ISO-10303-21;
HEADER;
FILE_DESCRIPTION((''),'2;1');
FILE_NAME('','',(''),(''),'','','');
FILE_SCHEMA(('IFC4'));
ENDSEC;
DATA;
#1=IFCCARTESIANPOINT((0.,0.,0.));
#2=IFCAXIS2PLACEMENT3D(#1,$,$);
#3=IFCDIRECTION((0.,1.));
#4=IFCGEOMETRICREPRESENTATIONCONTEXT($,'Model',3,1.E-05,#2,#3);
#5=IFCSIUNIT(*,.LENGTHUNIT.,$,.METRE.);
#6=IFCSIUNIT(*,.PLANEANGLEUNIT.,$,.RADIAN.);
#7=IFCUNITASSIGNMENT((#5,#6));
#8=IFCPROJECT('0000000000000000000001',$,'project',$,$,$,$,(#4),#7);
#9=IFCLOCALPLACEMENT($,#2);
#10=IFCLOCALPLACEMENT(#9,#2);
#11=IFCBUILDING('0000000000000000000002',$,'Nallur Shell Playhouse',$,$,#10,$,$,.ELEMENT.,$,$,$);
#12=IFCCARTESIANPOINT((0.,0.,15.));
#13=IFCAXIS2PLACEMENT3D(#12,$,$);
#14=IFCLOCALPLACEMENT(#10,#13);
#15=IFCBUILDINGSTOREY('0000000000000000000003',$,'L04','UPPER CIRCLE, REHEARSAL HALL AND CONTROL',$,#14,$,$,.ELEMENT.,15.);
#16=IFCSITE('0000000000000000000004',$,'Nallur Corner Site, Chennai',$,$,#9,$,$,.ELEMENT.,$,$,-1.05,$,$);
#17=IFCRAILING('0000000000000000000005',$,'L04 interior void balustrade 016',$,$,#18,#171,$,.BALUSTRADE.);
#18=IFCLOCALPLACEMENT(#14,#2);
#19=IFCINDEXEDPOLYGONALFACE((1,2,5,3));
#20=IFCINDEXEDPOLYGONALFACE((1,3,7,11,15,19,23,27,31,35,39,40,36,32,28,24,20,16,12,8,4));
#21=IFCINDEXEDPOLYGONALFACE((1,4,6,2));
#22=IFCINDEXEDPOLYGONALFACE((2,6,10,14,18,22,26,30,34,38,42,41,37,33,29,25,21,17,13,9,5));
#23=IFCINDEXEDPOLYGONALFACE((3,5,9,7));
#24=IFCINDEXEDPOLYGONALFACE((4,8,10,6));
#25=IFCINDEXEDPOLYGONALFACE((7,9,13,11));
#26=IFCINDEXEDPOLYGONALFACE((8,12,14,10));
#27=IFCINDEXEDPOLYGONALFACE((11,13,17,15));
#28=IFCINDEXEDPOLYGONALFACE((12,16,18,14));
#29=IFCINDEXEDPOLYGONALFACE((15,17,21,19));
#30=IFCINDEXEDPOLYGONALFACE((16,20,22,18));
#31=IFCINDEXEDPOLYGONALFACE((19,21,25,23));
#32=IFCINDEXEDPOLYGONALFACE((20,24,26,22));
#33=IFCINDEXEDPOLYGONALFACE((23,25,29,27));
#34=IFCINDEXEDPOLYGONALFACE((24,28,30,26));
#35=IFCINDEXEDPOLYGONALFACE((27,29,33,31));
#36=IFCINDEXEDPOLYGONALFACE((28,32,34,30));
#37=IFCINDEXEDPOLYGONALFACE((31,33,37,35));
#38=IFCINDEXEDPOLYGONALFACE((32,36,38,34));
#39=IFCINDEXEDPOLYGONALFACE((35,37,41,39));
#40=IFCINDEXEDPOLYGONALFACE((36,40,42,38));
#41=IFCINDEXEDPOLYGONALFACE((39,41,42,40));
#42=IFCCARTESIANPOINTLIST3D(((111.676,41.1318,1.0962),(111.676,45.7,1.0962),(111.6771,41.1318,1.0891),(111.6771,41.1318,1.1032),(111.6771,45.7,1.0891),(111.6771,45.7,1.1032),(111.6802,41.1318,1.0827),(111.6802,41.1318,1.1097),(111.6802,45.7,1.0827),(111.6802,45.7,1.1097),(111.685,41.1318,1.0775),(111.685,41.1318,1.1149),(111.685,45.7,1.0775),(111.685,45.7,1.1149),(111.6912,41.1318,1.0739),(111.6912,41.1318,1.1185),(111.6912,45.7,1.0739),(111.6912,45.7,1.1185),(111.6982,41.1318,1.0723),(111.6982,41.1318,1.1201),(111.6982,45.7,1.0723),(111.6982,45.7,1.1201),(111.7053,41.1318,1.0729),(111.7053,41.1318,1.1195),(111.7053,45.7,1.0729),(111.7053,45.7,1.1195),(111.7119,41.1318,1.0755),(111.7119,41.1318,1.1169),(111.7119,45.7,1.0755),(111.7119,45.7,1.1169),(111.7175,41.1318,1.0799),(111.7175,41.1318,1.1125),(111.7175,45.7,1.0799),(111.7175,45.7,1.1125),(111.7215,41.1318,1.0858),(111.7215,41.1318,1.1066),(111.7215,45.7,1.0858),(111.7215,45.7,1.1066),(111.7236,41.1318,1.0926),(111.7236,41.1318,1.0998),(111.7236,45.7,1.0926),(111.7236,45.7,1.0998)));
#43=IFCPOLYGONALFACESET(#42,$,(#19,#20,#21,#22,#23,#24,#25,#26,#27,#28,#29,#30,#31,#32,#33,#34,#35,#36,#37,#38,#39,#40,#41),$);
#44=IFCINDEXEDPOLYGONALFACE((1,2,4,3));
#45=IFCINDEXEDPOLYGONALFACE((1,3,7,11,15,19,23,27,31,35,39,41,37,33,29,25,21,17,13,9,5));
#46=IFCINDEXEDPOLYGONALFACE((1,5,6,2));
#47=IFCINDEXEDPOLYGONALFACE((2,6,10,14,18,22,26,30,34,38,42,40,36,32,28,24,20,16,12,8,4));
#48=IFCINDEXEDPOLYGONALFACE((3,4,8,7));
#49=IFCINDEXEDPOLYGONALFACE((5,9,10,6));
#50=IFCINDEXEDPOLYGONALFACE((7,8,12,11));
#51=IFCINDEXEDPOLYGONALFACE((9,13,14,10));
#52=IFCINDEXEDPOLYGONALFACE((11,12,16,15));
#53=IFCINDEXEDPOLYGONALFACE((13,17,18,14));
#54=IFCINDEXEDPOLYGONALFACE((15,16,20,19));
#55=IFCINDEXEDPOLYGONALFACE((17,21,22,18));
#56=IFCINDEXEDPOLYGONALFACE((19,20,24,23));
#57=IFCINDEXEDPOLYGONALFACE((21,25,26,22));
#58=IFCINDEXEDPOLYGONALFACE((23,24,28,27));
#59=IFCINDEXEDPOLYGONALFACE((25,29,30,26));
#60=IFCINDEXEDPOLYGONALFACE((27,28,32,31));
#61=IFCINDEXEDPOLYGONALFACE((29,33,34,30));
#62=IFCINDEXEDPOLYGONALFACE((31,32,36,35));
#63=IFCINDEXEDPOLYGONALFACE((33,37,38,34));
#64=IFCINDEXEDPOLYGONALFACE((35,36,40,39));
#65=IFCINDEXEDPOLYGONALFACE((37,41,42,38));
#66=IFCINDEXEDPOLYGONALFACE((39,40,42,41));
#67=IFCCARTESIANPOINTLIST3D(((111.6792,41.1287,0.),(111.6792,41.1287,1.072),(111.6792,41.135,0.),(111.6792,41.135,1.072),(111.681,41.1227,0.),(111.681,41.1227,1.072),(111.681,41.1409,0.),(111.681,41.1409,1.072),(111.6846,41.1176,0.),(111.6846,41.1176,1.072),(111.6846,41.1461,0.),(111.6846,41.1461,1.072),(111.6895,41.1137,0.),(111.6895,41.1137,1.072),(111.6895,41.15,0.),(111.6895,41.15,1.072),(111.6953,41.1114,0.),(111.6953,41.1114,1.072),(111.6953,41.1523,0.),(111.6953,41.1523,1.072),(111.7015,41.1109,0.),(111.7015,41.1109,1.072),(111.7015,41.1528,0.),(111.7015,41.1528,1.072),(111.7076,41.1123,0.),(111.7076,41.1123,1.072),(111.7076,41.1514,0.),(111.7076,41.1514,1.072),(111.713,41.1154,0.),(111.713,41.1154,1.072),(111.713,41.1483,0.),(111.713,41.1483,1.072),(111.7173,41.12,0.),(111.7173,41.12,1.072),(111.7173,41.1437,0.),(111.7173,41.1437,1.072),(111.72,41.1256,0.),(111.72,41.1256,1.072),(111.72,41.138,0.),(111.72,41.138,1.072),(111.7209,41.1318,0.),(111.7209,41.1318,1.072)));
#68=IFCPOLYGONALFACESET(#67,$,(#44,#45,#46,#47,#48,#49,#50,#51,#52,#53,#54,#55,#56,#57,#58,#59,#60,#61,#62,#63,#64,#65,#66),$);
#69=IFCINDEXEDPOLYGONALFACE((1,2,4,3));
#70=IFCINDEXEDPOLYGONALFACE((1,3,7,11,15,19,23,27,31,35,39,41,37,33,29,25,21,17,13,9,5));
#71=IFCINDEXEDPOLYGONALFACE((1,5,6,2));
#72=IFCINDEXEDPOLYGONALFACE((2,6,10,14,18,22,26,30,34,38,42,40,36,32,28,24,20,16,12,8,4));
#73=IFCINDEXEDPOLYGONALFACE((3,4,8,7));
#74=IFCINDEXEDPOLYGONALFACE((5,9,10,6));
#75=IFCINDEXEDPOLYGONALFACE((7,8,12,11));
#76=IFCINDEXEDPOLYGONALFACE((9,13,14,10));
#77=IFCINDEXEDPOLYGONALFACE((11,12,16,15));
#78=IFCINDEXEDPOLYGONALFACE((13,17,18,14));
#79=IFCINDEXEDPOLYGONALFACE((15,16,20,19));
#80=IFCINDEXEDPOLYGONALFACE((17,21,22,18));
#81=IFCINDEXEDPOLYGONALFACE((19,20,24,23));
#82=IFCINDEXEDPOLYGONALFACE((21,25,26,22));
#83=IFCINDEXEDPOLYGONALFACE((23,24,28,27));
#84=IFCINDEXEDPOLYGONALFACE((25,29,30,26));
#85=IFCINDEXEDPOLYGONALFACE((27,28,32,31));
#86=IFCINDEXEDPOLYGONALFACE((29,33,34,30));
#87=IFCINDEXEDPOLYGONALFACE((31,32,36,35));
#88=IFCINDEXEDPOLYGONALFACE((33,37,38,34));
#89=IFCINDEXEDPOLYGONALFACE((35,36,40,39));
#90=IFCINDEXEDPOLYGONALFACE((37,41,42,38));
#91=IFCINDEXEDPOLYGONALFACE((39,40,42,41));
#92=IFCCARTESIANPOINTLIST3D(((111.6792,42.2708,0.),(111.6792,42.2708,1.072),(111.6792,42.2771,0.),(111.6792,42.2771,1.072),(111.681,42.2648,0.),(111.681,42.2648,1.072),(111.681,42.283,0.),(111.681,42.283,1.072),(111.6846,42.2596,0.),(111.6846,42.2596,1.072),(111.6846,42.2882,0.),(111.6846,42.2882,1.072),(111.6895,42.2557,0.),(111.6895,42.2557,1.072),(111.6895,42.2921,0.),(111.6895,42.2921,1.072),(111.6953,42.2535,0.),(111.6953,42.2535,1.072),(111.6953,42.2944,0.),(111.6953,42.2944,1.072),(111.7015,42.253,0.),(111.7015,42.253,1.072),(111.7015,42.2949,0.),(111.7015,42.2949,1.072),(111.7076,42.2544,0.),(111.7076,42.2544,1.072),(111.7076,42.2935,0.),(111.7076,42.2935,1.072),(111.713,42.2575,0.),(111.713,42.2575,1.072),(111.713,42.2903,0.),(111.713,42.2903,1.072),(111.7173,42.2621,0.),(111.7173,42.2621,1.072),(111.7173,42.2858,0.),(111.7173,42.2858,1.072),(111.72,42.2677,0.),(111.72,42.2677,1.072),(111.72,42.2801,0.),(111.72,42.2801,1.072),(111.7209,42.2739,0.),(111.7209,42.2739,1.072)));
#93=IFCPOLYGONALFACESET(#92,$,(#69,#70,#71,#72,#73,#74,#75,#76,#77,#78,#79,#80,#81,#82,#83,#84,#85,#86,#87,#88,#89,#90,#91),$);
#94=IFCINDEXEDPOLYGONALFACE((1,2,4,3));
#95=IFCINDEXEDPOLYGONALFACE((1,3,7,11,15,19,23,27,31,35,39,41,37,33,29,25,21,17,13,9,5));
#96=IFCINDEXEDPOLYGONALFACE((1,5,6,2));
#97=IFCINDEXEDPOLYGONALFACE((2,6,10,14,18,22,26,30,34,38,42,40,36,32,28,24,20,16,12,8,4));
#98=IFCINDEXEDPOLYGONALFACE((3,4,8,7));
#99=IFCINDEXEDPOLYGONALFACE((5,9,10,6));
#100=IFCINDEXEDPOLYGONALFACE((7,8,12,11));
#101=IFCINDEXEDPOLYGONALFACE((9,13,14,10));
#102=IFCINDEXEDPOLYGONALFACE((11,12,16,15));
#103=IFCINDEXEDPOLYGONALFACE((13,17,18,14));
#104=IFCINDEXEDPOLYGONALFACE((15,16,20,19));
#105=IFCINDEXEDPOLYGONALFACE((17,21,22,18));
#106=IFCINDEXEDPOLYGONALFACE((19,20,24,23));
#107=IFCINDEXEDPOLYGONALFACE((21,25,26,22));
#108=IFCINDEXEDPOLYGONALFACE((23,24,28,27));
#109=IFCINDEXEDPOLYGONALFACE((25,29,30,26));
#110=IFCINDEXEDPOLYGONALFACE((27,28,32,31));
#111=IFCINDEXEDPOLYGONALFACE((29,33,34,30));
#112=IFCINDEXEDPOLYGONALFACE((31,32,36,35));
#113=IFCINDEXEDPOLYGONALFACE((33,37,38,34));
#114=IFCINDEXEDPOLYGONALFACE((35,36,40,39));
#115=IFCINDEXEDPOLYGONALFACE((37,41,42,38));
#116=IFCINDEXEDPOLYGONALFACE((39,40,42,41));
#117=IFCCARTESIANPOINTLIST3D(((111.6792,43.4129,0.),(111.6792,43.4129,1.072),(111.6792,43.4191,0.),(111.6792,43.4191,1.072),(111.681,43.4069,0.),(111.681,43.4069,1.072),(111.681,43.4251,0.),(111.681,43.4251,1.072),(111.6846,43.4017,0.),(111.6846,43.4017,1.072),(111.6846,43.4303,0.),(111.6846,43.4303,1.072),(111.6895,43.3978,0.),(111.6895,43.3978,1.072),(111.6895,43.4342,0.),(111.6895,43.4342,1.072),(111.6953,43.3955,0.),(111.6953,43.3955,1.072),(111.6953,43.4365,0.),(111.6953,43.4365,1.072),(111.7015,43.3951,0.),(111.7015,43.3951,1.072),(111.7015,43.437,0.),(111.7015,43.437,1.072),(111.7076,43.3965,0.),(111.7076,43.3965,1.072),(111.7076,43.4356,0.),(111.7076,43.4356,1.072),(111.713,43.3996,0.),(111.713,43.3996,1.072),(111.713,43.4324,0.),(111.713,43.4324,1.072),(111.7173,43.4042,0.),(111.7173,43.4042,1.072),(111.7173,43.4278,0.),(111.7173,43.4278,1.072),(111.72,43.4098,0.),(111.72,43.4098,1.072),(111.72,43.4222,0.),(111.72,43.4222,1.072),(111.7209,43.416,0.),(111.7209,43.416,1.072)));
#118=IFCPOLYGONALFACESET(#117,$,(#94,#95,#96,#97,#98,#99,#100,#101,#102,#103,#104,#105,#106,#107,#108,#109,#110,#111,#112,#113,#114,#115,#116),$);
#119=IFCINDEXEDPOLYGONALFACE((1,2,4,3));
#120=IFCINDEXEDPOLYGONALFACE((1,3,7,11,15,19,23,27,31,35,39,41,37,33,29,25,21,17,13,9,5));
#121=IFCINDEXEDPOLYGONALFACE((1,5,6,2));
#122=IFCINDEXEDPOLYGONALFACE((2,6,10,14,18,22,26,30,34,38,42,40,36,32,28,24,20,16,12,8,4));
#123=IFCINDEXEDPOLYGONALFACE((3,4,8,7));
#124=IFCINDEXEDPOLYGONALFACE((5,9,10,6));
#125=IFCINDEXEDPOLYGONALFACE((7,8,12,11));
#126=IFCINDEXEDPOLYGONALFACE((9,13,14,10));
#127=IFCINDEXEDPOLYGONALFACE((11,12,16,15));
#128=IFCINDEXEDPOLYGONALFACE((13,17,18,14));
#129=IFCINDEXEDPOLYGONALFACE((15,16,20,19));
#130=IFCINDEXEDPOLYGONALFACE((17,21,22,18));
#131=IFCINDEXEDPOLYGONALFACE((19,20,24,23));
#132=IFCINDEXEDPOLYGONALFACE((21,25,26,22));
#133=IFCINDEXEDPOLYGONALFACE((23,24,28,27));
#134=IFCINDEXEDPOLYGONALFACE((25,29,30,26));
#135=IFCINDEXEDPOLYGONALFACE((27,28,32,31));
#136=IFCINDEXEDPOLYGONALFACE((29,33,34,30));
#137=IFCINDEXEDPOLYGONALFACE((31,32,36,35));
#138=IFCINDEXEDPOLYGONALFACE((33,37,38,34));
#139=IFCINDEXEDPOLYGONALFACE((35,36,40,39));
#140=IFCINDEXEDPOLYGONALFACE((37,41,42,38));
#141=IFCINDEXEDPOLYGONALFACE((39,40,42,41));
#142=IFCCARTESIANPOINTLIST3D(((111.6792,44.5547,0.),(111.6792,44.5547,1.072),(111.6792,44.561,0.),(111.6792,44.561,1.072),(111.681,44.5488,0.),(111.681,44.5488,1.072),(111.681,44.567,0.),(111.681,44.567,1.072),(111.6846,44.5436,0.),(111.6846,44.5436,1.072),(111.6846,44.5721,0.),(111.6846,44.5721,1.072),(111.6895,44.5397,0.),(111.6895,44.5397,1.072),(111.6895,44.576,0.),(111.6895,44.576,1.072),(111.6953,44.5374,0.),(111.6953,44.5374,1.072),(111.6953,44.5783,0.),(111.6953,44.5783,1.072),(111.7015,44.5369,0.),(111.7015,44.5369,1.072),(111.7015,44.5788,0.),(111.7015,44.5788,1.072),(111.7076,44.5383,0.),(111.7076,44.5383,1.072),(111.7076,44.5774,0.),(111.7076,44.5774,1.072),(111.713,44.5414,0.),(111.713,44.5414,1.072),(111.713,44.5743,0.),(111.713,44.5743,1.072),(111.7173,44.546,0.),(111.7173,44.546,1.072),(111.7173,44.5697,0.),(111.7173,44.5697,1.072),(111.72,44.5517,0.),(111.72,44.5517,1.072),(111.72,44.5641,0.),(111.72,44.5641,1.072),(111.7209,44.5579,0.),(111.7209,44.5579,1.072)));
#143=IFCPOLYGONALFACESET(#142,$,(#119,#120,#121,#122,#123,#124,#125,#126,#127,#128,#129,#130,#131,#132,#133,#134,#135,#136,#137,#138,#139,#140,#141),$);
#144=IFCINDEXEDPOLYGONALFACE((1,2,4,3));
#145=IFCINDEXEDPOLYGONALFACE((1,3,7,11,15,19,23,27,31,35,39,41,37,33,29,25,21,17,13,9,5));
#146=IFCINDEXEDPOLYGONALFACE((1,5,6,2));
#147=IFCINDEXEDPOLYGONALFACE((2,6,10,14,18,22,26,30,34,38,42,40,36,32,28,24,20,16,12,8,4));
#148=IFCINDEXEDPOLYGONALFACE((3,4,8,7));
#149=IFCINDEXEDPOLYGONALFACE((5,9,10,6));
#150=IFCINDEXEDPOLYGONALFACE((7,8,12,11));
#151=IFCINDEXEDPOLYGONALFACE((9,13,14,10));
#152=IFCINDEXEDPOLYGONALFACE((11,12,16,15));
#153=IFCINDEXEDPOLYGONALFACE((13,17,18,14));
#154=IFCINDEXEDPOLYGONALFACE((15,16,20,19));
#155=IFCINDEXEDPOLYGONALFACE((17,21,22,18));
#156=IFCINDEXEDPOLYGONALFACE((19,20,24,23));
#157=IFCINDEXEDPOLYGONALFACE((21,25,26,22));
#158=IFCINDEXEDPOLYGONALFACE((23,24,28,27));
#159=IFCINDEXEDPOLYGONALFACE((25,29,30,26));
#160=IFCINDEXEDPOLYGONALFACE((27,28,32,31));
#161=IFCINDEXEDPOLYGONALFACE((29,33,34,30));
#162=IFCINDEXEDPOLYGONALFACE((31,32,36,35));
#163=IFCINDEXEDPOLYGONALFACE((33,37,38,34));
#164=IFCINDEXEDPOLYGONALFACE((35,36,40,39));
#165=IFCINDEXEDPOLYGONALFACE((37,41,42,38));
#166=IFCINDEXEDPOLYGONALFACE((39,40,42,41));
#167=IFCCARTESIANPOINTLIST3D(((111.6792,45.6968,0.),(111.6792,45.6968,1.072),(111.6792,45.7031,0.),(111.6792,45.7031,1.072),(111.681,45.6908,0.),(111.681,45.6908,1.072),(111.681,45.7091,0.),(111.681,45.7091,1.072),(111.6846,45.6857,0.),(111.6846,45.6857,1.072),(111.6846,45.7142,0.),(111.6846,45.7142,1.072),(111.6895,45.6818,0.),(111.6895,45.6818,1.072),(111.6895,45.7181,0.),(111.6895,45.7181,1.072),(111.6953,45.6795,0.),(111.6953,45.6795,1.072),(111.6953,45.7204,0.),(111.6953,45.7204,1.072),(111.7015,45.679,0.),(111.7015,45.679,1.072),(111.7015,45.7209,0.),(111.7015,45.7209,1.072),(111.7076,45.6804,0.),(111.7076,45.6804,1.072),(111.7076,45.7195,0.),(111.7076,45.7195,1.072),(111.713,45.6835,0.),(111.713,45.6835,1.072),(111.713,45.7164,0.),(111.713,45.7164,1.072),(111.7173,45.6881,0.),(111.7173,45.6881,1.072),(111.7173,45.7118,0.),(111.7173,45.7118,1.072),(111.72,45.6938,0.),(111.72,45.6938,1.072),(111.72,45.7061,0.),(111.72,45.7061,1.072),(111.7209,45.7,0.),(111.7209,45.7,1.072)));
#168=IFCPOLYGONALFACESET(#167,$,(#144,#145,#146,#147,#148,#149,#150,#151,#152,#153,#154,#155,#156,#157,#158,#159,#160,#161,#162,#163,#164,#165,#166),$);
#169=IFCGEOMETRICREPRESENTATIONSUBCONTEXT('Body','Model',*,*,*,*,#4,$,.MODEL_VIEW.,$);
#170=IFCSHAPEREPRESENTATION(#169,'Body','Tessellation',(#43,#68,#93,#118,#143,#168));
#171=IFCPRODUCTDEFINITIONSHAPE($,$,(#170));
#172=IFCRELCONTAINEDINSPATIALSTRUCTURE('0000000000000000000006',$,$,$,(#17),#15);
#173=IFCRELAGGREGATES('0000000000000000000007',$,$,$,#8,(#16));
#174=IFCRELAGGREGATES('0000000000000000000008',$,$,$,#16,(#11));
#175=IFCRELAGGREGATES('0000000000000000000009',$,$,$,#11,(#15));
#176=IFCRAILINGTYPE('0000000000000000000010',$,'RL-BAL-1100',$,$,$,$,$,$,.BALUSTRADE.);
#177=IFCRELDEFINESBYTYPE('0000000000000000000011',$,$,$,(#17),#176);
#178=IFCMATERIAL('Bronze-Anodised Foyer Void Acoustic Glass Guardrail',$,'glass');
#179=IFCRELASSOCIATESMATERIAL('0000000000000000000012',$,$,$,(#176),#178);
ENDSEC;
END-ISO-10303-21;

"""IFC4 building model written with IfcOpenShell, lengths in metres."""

from ifc_helpers import new_model, si_unit, direction, frame, origin, origin_2d, place, context, subcontext, project, spatial, circle, extrude, material, type_object, element, save


model = new_model("IFC4")

# Units and contexts
model_context = context("Model", 3, precision=1e-05, world=origin(), true_north=direction((0.0, 1.0)))
body_context = subcontext(model_context, "Body", "Model", "MODEL_VIEW")
ifc_project = project(units=[si_unit("LENGTHUNIT", "METRE"), si_unit("PLANEANGLEUNIT", "RADIAN")], contexts=[model_context])

# Site, building, storey
site_placement = place(None, origin())
site = spatial("IfcSite", under=ifc_project, at=site_placement, Name="Nallur Corner Site, Chennai", CompositionType="ELEMENT", RefElevation=-1.05)
building_placement = place(site_placement, origin())
building = spatial("IfcBuilding", under=site, at=building_placement, Name="Nallur Shell Playhouse", CompositionType="ELEMENT")
storey_placement = place(building_placement, frame((0.0, 0.0, 15.0)))
storey = spatial("IfcBuildingStorey", under=building, at=storey_placement, Name="L04", Description="UPPER CIRCLE, REHEARSAL HALL AND CONTROL", CompositionType="ELEMENT", Elevation=15.0)

# Railing
ifc_material_1 = material(Name="Bronze-Anodised Foyer Void Acoustic Glass Guardrail", Category="glass")
railing_type_1 = type_object("IfcRailingType", Name="RL-BAL-1100", PredefinedType="BALUSTRADE", material=ifc_material_1)
railing_1_placement = place(storey_placement, frame((111.7, 41.1318, 0.0)))
element("IfcRailing", 1, at=railing_1_placement, inside=storey, type_object=railing_type_1, Name="L04 interior void balustrade 016", PredefinedType="BALUSTRADE", context=body_context, shape_type="SweptSolid", body=[
    extrude(circle(Radius=0.0239, at=origin_2d()), frame((0.0, 0.0, 1.0962), z_axis=(0.0, 1.0, 0.0), x_axis=(-1.0, 0.0, 0.0)), (0.0, 0.0, 1.0), 4.5681),
    extrude(circle(Radius=0.021, at=origin_2d()), origin(), (0.0, 0.0, 1.0), 1.072),
    extrude(circle(Radius=0.021, at=origin_2d()), frame((0.0, 1.1421, 0.0)), (0.0, 0.0, 1.0), 1.072),
    extrude(circle(Radius=0.021, at=origin_2d()), frame((0.0, 2.2842, 0.0)), (0.0, 0.0, 1.0), 1.072),
    extrude(circle(Radius=0.021, at=origin_2d()), frame((0.0, 3.426, 0.0)), (0.0, 0.0, 1.0), 1.072),
    extrude(circle(Radius=0.021, at=origin_2d()), frame((0.0, 4.5681, 0.0)), (0.0, 0.0, 1.0), 1.072),
])

save(model, "model.ifc")
